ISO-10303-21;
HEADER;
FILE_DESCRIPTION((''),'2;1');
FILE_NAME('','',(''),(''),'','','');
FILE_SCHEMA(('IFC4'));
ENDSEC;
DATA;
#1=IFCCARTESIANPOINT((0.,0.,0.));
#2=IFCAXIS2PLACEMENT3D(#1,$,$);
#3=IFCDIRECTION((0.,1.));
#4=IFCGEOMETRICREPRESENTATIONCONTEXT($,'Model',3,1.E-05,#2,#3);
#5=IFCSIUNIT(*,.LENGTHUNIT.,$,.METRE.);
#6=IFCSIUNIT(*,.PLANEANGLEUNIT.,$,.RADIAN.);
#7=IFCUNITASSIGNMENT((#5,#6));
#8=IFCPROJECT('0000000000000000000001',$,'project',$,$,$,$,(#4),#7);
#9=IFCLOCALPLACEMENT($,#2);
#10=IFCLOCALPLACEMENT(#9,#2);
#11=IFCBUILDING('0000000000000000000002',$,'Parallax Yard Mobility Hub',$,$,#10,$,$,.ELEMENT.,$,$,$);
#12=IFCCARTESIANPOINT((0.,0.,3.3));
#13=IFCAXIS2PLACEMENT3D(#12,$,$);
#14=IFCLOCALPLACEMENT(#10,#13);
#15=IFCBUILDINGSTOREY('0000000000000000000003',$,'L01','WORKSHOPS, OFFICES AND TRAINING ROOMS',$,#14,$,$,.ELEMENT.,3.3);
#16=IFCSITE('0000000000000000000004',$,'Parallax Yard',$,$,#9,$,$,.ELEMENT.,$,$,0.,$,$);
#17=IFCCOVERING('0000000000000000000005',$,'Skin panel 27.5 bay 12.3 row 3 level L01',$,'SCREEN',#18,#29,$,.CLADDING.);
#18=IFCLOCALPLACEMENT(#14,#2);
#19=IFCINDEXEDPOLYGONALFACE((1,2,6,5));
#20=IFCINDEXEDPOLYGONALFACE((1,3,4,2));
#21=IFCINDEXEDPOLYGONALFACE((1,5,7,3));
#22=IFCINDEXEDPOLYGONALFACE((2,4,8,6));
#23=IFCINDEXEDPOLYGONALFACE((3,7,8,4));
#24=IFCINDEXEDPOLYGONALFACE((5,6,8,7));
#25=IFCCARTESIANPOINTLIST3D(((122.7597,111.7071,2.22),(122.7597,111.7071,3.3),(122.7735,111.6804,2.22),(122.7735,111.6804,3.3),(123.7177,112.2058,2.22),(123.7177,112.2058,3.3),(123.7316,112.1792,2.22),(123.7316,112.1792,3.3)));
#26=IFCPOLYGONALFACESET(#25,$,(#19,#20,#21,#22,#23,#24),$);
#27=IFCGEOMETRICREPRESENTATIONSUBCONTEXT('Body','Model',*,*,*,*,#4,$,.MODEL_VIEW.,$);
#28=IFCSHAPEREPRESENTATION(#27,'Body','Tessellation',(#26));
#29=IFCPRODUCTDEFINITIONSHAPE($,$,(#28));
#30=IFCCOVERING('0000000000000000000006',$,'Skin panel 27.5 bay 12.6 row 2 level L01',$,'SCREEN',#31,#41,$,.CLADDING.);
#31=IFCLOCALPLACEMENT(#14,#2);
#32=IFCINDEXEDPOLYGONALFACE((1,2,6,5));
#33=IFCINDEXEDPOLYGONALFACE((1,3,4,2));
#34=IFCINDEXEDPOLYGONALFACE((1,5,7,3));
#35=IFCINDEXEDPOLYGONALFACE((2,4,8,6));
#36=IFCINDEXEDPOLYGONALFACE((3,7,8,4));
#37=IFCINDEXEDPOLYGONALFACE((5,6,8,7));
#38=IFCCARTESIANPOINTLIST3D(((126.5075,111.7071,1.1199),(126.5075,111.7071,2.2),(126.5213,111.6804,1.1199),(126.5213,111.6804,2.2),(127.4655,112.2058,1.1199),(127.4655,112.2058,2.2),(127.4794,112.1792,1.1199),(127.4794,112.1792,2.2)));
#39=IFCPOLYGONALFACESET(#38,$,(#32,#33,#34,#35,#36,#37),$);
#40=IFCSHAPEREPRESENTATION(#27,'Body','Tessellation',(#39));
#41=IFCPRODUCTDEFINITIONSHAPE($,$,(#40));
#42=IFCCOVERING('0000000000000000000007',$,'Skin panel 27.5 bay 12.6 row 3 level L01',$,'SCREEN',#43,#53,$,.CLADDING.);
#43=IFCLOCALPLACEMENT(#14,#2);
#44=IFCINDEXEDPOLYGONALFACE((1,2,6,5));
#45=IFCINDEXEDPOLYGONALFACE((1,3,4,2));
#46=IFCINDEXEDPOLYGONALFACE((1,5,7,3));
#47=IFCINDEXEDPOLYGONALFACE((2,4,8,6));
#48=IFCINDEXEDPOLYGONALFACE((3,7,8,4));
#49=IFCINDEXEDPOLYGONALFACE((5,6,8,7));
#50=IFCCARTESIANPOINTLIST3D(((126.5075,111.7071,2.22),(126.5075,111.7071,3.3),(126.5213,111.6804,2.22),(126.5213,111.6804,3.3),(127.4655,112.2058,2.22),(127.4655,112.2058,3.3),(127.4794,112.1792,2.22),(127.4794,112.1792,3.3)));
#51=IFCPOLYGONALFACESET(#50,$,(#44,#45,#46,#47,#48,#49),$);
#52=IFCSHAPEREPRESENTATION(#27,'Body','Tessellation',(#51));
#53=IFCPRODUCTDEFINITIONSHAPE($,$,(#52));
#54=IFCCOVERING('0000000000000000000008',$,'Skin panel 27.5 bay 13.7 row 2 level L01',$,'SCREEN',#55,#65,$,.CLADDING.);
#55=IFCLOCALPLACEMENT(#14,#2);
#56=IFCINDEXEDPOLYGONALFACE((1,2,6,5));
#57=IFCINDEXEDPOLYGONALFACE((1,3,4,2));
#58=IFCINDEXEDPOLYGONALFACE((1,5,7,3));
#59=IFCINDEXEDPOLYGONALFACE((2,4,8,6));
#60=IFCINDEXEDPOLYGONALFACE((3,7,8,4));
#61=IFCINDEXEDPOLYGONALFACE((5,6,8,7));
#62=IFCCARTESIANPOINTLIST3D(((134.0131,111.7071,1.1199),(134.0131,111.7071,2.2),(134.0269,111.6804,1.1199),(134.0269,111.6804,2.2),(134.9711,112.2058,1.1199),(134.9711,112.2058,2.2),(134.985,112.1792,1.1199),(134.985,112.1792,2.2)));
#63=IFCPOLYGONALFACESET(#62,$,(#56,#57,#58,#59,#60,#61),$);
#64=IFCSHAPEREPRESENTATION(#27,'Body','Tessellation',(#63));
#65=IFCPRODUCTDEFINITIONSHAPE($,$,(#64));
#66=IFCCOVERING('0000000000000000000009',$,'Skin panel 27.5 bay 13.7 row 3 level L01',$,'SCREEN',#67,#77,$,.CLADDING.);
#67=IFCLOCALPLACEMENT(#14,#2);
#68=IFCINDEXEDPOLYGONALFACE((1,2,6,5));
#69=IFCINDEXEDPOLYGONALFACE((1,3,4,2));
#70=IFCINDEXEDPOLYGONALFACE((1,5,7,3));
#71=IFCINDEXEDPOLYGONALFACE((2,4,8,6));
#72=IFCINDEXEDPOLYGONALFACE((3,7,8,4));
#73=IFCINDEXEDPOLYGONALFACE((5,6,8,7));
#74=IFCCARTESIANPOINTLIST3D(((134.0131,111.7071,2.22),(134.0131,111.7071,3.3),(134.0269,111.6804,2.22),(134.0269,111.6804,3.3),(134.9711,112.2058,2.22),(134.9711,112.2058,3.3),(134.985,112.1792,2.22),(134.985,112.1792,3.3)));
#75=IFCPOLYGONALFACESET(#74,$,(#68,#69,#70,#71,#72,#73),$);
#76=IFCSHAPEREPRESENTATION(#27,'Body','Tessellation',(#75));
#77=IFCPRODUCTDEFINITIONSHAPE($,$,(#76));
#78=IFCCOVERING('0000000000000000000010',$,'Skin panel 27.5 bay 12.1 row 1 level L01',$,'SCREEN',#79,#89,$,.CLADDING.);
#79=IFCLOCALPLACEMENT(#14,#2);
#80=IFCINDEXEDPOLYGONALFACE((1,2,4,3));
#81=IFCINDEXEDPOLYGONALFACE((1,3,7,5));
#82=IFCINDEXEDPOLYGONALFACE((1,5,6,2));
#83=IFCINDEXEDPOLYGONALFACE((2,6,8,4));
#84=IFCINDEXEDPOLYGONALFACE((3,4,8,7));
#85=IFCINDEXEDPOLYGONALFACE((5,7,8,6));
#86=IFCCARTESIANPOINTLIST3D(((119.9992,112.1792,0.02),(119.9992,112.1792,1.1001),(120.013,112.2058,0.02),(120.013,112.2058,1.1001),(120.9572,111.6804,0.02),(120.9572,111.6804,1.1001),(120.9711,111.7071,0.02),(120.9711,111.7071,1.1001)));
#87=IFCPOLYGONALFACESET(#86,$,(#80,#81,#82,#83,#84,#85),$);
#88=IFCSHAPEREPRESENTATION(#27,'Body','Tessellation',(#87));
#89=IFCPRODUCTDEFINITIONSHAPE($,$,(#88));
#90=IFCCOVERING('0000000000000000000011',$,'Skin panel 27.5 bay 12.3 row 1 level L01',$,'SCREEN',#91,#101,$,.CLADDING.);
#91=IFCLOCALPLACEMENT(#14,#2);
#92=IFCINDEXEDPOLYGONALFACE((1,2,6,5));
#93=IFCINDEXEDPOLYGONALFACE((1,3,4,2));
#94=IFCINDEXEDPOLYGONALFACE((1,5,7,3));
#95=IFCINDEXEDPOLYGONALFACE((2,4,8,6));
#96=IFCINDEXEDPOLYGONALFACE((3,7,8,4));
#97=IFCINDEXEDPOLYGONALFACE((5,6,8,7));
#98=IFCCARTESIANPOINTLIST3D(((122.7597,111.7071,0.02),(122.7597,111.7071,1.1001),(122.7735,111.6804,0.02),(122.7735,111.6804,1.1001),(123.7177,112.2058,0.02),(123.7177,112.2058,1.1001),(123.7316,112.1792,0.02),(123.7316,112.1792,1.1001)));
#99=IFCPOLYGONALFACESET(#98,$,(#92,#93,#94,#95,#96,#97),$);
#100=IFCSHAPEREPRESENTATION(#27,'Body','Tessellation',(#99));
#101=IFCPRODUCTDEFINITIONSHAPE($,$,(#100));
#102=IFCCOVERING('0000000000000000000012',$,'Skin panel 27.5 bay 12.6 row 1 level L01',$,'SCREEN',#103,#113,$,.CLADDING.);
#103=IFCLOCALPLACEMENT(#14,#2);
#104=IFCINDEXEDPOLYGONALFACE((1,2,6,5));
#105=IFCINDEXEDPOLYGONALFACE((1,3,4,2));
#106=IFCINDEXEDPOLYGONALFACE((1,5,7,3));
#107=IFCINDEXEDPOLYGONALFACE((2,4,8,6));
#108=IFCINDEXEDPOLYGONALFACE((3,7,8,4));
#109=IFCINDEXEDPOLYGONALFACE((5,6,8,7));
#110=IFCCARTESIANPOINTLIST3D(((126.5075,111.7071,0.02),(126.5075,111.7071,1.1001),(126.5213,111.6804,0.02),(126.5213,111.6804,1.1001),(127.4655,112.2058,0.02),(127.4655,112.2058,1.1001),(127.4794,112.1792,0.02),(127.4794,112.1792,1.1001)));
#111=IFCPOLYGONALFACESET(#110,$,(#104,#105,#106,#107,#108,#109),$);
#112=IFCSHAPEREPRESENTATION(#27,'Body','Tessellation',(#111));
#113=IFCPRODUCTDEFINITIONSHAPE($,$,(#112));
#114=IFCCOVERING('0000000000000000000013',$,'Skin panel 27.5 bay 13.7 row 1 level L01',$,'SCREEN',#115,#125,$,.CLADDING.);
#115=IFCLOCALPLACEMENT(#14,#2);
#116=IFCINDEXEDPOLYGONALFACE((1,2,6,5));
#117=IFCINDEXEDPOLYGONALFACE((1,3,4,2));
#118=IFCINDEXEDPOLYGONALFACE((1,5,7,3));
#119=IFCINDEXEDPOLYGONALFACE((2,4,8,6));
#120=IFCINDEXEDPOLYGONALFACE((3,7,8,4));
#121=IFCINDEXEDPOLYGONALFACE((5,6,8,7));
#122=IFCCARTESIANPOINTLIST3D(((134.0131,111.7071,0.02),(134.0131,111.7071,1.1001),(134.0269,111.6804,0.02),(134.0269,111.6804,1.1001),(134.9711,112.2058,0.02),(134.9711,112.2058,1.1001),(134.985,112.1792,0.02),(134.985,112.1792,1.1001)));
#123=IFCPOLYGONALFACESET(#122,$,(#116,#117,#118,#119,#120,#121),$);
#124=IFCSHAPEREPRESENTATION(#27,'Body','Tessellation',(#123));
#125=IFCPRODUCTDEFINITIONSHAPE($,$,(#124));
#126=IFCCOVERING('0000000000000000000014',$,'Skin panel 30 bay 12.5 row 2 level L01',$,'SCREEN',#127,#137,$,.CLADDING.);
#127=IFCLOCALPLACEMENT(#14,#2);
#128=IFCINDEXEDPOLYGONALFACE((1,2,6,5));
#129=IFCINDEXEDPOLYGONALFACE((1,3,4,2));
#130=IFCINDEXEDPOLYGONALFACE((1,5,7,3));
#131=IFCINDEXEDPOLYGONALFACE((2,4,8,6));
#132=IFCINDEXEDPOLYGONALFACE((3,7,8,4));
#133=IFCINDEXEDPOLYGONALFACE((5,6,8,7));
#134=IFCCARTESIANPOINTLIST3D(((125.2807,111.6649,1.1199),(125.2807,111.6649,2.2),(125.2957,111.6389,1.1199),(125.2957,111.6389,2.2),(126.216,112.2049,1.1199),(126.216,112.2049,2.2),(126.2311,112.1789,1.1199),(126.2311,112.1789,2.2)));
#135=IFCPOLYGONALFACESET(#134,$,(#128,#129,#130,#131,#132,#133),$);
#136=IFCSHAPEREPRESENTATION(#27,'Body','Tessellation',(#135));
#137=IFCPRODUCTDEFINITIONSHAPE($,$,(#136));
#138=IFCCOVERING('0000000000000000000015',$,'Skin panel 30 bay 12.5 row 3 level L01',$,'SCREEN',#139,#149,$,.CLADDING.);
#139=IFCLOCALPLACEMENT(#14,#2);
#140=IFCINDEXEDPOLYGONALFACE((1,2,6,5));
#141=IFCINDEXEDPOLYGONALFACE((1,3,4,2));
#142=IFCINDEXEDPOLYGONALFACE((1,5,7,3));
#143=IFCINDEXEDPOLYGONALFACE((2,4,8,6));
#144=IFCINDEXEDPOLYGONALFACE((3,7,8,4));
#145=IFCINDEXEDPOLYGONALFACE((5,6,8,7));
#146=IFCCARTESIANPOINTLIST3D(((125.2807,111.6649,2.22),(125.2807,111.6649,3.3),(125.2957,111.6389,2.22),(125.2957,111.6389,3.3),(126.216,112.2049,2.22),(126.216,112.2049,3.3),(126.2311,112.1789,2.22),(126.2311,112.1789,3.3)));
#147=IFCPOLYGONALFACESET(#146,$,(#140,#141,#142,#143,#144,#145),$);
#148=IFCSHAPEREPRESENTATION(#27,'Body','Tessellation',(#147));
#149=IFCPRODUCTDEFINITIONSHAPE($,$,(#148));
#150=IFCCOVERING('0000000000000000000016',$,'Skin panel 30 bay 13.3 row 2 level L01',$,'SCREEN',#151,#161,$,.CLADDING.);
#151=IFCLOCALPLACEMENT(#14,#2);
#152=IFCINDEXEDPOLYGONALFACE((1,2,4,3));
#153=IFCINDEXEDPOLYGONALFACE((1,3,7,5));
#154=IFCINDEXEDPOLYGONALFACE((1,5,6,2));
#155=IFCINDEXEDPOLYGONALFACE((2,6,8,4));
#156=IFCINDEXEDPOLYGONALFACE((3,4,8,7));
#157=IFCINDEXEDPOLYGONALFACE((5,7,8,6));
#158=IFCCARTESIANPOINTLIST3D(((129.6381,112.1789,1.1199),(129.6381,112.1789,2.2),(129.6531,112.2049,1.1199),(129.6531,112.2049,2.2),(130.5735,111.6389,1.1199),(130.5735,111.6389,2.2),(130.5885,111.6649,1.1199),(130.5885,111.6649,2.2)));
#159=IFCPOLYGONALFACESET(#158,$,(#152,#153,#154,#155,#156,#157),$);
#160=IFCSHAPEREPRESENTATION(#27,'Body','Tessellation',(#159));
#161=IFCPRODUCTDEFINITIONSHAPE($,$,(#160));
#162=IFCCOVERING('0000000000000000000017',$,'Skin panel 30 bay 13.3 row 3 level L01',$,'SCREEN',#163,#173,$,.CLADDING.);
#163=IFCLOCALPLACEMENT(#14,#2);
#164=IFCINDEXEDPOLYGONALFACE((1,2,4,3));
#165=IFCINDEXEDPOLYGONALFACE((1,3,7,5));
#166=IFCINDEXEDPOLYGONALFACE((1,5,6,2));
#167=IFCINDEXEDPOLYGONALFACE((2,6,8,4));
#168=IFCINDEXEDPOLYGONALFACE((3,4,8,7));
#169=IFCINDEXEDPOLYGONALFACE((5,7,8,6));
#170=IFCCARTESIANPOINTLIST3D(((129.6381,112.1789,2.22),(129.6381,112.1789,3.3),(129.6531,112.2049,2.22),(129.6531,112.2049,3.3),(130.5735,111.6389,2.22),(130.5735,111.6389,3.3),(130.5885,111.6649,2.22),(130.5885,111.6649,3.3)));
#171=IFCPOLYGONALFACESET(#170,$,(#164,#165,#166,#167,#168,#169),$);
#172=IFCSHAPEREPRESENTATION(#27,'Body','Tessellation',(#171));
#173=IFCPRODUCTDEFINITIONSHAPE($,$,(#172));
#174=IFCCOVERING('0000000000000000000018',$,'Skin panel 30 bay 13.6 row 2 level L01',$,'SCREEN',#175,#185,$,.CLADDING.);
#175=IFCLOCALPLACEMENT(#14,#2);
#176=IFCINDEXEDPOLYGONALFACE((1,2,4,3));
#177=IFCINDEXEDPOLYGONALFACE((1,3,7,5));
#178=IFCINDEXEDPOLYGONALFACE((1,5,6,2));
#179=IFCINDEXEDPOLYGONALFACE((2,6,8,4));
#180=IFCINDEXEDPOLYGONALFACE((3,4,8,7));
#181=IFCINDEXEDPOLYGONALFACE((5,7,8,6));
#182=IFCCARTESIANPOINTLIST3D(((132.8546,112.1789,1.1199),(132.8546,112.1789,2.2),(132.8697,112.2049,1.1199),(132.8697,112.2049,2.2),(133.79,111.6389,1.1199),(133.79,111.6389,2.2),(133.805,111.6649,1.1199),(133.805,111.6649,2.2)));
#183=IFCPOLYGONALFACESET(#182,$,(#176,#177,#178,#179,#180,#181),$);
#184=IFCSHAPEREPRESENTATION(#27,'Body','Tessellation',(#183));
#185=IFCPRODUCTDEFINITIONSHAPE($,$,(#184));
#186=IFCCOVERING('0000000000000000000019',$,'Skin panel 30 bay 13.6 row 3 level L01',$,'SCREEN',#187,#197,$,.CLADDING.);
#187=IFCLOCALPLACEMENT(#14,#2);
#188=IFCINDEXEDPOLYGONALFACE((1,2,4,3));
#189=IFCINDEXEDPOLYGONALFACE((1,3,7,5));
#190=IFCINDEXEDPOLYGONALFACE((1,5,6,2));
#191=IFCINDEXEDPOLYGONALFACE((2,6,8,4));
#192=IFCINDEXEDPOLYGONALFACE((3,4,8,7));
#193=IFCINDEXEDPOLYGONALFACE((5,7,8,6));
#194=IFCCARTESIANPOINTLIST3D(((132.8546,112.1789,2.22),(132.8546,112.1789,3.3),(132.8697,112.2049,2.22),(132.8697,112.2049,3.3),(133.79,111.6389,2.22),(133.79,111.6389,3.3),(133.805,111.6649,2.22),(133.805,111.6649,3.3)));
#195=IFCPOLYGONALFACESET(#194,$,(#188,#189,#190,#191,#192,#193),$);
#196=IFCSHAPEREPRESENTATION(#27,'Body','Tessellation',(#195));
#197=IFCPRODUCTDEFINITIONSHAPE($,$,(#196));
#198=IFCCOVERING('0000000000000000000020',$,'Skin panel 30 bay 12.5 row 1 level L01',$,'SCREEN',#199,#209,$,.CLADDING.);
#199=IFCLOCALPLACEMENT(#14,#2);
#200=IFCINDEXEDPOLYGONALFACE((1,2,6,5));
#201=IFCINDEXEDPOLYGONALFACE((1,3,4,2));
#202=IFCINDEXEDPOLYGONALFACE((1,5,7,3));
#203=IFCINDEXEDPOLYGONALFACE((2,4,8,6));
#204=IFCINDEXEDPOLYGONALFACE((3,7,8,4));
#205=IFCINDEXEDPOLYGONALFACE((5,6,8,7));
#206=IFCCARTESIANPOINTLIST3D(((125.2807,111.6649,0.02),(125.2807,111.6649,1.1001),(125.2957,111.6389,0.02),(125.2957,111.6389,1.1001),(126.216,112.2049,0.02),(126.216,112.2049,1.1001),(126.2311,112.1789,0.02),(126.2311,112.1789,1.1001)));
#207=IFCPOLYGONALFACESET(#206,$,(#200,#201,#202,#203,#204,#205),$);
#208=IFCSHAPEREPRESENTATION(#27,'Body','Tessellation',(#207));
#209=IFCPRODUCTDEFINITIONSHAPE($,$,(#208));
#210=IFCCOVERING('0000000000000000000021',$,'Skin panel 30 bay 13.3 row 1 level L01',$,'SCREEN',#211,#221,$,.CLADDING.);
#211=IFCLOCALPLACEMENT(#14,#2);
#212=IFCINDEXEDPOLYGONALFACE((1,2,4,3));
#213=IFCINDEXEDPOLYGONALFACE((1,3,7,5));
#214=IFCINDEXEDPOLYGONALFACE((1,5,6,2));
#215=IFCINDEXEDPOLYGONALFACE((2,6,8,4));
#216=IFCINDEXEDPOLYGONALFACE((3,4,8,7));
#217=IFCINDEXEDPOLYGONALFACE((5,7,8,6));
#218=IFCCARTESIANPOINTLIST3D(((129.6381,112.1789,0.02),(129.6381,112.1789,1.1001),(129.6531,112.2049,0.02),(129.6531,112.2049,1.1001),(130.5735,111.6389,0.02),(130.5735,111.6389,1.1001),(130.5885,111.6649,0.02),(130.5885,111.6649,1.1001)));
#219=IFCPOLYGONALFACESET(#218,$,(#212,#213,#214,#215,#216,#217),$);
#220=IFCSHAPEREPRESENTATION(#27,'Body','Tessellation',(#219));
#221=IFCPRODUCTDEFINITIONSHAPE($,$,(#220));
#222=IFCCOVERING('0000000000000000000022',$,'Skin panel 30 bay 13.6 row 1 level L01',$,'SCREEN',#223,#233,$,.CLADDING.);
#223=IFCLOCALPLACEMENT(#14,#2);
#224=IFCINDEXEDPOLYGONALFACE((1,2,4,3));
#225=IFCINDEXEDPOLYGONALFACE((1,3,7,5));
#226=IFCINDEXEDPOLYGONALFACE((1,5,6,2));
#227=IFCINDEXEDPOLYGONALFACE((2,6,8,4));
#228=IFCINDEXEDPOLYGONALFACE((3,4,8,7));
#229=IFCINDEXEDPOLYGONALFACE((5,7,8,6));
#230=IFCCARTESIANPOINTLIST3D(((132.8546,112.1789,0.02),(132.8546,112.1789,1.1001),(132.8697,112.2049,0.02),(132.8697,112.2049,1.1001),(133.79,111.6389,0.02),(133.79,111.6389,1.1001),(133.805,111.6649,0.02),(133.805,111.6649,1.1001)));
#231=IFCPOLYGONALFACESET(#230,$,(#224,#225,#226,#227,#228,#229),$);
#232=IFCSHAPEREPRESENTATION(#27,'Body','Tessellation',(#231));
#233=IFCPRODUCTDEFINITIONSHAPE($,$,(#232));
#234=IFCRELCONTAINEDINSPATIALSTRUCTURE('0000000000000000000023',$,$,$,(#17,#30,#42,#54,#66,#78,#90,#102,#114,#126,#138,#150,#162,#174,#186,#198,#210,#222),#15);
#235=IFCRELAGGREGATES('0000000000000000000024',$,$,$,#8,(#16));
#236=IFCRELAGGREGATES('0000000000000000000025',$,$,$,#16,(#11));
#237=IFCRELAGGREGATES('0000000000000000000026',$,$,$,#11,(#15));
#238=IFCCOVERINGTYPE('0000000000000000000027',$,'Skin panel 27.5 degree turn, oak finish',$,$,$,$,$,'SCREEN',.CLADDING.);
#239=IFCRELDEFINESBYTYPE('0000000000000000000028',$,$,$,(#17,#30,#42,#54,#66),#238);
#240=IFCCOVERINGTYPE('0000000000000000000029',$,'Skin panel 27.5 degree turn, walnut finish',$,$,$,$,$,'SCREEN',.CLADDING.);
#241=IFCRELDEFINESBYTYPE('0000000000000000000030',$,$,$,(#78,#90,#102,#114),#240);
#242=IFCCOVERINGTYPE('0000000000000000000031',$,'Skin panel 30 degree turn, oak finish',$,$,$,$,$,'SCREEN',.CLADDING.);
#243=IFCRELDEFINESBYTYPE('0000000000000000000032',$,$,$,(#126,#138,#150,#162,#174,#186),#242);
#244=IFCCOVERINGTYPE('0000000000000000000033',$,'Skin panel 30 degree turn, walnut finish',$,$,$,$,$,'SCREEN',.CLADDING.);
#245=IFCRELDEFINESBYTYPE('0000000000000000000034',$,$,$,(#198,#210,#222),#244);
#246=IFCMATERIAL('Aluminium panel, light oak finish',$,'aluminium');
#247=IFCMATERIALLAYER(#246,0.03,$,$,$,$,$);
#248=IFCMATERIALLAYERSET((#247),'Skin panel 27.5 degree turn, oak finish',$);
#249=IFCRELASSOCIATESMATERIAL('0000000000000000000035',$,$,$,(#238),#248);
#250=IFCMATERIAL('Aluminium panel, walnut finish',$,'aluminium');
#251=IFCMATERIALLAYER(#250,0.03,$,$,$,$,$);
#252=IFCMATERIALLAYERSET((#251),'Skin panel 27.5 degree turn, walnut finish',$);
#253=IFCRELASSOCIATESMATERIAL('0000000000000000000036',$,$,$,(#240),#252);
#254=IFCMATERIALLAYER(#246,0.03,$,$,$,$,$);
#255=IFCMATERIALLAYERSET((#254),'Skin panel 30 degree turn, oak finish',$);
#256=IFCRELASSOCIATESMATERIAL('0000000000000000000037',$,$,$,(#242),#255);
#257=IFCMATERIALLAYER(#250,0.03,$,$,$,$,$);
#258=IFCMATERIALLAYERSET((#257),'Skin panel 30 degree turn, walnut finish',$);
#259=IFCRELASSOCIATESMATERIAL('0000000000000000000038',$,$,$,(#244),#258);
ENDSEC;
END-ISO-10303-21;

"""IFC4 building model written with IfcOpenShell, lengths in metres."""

from ifc_helpers import new_model, si_unit, direction, frame, origin, origin_2d, place, context, subcontext, project, spatial, rectangle, extrude, material, layer, layer_set, type_object, element, save


model = new_model("IFC4")

# Units and contexts
model_context = context("Model", 3, precision=1e-05, world=origin(), true_north=direction((0.0, 1.0)))
body_context = subcontext(model_context, "Body", "Model", "MODEL_VIEW")
ifc_project = project(units=[si_unit("LENGTHUNIT", "METRE"), si_unit("PLANEANGLEUNIT", "RADIAN")], contexts=[model_context])

# Site, building, storey
site_placement = place(None, origin())
site = spatial("IfcSite", under=ifc_project, at=site_placement, Name="Parallax Yard", CompositionType="ELEMENT", RefElevation=0.0)
building_placement = place(site_placement, origin())
building = spatial("IfcBuilding", under=site, at=building_placement, Name="Parallax Yard Mobility Hub", CompositionType="ELEMENT")
storey_placement = place(building_placement, frame((0.0, 0.0, 3.3)))
storey = spatial("IfcBuildingStorey", under=building, at=storey_placement, Name="L01", Description="WORKSHOPS, OFFICES AND TRAINING ROOMS", CompositionType="ELEMENT", Elevation=3.3)

# Coverings
ifc_material_1 = material(Name="Aluminium panel, light oak finish", Category="aluminium")
ifc_material_2 = material(Name="Aluminium panel, walnut finish", Category="aluminium")
ifc_layer_1 = layer(ifc_material_1, 0.03)
ifc_layer_set_1 = layer_set([ifc_layer_1], Name="Skin panel 27.5 degree turn, oak finish")
covering_type_1 = type_object("IfcCoveringType", Name="Skin panel 27.5 degree turn, oak finish", ElementType="SCREEN", PredefinedType="CLADDING", material=ifc_layer_set_1)
for number, where, z_axis, x_axis, name in (
    (1, (123.2456, 111.9431, 2.22), (0.0, 0.0, 1.0), (-0.887011, -0.461749, 0.0), "Skin panel 27.5 bay 12.3 row 3 level L01"),
    (2, (126.9934, 111.9431, 1.1199), (0.0, 0.0, 1.0), (-0.887011, -0.461749, 0.0), "Skin panel 27.5 bay 12.6 row 2 level L01"),
    (3, (126.9934, 111.9431, 2.22), (0.0, 0.0, 1.0), (-0.887011, -0.461749, 0.0), "Skin panel 27.5 bay 12.6 row 3 level L01"),
    (4, (134.499, 111.9431, 1.1199), (0.0, 0.0, 1.0), (-0.887011, -0.461749, 0.0), "Skin panel 27.5 bay 13.7 row 2 level L01"),
    (5, (134.499, 111.9431, 2.22), (0.0, 0.0, 1.0), (-0.887011, -0.461749, 0.0), "Skin panel 27.5 bay 13.7 row 3 level L01"),
):
    element("IfcCovering", number, at=place(storey_placement, frame(where, z_axis=z_axis, x_axis=x_axis)), inside=storey, type_object=covering_type_1, Name=name, ObjectType="SCREEN", PredefinedType="CLADDING", context=body_context, shape_type="SweptSolid", body=[
        extrude(rectangle(XDim=1.0801, YDim=0.03, at=origin_2d()), origin(), (0.0, 0.0, 1.0), 1.0801),
    ])
ifc_layer_2 = layer(ifc_material_2, 0.03)
ifc_layer_set_2 = layer_set([ifc_layer_2], Name="Skin panel 27.5 degree turn, walnut finish")
covering_type_2 = type_object("IfcCoveringType", Name="Skin panel 27.5 degree turn, walnut finish", ElementType="SCREEN", PredefinedType="CLADDING", material=ifc_layer_set_2)
for number, where, z_axis, x_axis, name in (
    (6, (120.4851, 111.9431, 0.02), (0.0, 0.0, 1.0), (0.887011, -0.461749, 0.0), "Skin panel 27.5 bay 12.1 row 1 level L01"),
    (7, (123.2456, 111.9431, 0.02), (0.0, 0.0, 1.0), (-0.887011, -0.461749, 0.0), "Skin panel 27.5 bay 12.3 row 1 level L01"),
    (8, (126.9934, 111.9431, 0.02), (0.0, 0.0, 1.0), (-0.887011, -0.461749, 0.0), "Skin panel 27.5 bay 12.6 row 1 level L01"),
    (9, (134.499, 111.9431, 0.02), (0.0, 0.0, 1.0), (-0.887011, -0.461749, 0.0), "Skin panel 27.5 bay 13.7 row 1 level L01"),
):
    element("IfcCovering", number, at=place(storey_placement, frame(where, z_axis=z_axis, x_axis=x_axis)), inside=storey, type_object=covering_type_2, Name=name, ObjectType="SCREEN", PredefinedType="CLADDING", context=body_context, shape_type="SweptSolid", body=[
        extrude(rectangle(XDim=1.0801, YDim=0.03, at=origin_2d()), origin(), (0.0, 0.0, 1.0), 1.0801),
    ])
ifc_layer_3 = layer(ifc_material_1, 0.03)
ifc_layer_set_3 = layer_set([ifc_layer_3], Name="Skin panel 30 degree turn, oak finish")
covering_type_3 = type_object("IfcCoveringType", Name="Skin panel 30 degree turn, oak finish", ElementType="SCREEN", PredefinedType="CLADDING", material=ifc_layer_set_3)
for number, where, z_axis, x_axis, name in (
    (10, (125.7559, 111.9219, 1.1199), (0.0, 0.0, 1.0), (-0.866025, -0.5, 0.0), "Skin panel 30 bay 12.5 row 2 level L01"),
    (11, (125.7559, 111.9219, 2.22), (0.0, 0.0, 1.0), (-0.866025, -0.5, 0.0), "Skin panel 30 bay 12.5 row 3 level L01"),
    (12, (130.1133, 111.9219, 1.1199), (0.0, 0.0, 1.0), (0.866025, -0.5, 0.0), "Skin panel 30 bay 13.3 row 2 level L01"),
    (13, (130.1133, 111.9219, 2.22), (0.0, 0.0, 1.0), (0.866025, -0.5, 0.0), "Skin panel 30 bay 13.3 row 3 level L01"),
    (14, (133.3298, 111.9219, 1.1199), (0.0, 0.0, 1.0), (0.866025, -0.5, 0.0), "Skin panel 30 bay 13.6 row 2 level L01"),
    (15, (133.3298, 111.9219, 2.22), (0.0, 0.0, 1.0), (0.866025, -0.5, 0.0), "Skin panel 30 bay 13.6 row 3 level L01"),
):
    element("IfcCovering", number, at=place(storey_placement, frame(where, z_axis=z_axis, x_axis=x_axis)), inside=storey, type_object=covering_type_3, Name=name, ObjectType="SCREEN", PredefinedType="CLADDING", context=body_context, shape_type="SweptSolid", body=[
        extrude(rectangle(XDim=1.0801, YDim=0.03, at=origin_2d()), origin(), (0.0, 0.0, 1.0), 1.0801),
    ])
ifc_layer_4 = layer(ifc_material_2, 0.03)
ifc_layer_set_4 = layer_set([ifc_layer_4], Name="Skin panel 30 degree turn, walnut finish")
covering_type_4 = type_object("IfcCoveringType", Name="Skin panel 30 degree turn, walnut finish", ElementType="SCREEN", PredefinedType="CLADDING", material=ifc_layer_set_4)
for number, where, z_axis, x_axis, name in (
    (16, (125.7559, 111.9219, 0.02), (0.0, 0.0, 1.0), (-0.866025, -0.5, 0.0), "Skin panel 30 bay 12.5 row 1 level L01"),
    (17, (130.1133, 111.9219, 0.02), (0.0, 0.0, 1.0), (0.866025, -0.5, 0.0), "Skin panel 30 bay 13.3 row 1 level L01"),
    (18, (133.3298, 111.9219, 0.02), (0.0, 0.0, 1.0), (0.866025, -0.5, 0.0), "Skin panel 30 bay 13.6 row 1 level L01"),
):
    element("IfcCovering", number, at=place(storey_placement, frame(where, z_axis=z_axis, x_axis=x_axis)), inside=storey, type_object=covering_type_4, Name=name, ObjectType="SCREEN", PredefinedType="CLADDING", context=body_context, shape_type="SweptSolid", body=[
        extrude(rectangle(XDim=1.0801, YDim=0.03, at=origin_2d()), origin(), (0.0, 0.0, 1.0), 1.0801),
    ])

save(model, "model.ifc")
